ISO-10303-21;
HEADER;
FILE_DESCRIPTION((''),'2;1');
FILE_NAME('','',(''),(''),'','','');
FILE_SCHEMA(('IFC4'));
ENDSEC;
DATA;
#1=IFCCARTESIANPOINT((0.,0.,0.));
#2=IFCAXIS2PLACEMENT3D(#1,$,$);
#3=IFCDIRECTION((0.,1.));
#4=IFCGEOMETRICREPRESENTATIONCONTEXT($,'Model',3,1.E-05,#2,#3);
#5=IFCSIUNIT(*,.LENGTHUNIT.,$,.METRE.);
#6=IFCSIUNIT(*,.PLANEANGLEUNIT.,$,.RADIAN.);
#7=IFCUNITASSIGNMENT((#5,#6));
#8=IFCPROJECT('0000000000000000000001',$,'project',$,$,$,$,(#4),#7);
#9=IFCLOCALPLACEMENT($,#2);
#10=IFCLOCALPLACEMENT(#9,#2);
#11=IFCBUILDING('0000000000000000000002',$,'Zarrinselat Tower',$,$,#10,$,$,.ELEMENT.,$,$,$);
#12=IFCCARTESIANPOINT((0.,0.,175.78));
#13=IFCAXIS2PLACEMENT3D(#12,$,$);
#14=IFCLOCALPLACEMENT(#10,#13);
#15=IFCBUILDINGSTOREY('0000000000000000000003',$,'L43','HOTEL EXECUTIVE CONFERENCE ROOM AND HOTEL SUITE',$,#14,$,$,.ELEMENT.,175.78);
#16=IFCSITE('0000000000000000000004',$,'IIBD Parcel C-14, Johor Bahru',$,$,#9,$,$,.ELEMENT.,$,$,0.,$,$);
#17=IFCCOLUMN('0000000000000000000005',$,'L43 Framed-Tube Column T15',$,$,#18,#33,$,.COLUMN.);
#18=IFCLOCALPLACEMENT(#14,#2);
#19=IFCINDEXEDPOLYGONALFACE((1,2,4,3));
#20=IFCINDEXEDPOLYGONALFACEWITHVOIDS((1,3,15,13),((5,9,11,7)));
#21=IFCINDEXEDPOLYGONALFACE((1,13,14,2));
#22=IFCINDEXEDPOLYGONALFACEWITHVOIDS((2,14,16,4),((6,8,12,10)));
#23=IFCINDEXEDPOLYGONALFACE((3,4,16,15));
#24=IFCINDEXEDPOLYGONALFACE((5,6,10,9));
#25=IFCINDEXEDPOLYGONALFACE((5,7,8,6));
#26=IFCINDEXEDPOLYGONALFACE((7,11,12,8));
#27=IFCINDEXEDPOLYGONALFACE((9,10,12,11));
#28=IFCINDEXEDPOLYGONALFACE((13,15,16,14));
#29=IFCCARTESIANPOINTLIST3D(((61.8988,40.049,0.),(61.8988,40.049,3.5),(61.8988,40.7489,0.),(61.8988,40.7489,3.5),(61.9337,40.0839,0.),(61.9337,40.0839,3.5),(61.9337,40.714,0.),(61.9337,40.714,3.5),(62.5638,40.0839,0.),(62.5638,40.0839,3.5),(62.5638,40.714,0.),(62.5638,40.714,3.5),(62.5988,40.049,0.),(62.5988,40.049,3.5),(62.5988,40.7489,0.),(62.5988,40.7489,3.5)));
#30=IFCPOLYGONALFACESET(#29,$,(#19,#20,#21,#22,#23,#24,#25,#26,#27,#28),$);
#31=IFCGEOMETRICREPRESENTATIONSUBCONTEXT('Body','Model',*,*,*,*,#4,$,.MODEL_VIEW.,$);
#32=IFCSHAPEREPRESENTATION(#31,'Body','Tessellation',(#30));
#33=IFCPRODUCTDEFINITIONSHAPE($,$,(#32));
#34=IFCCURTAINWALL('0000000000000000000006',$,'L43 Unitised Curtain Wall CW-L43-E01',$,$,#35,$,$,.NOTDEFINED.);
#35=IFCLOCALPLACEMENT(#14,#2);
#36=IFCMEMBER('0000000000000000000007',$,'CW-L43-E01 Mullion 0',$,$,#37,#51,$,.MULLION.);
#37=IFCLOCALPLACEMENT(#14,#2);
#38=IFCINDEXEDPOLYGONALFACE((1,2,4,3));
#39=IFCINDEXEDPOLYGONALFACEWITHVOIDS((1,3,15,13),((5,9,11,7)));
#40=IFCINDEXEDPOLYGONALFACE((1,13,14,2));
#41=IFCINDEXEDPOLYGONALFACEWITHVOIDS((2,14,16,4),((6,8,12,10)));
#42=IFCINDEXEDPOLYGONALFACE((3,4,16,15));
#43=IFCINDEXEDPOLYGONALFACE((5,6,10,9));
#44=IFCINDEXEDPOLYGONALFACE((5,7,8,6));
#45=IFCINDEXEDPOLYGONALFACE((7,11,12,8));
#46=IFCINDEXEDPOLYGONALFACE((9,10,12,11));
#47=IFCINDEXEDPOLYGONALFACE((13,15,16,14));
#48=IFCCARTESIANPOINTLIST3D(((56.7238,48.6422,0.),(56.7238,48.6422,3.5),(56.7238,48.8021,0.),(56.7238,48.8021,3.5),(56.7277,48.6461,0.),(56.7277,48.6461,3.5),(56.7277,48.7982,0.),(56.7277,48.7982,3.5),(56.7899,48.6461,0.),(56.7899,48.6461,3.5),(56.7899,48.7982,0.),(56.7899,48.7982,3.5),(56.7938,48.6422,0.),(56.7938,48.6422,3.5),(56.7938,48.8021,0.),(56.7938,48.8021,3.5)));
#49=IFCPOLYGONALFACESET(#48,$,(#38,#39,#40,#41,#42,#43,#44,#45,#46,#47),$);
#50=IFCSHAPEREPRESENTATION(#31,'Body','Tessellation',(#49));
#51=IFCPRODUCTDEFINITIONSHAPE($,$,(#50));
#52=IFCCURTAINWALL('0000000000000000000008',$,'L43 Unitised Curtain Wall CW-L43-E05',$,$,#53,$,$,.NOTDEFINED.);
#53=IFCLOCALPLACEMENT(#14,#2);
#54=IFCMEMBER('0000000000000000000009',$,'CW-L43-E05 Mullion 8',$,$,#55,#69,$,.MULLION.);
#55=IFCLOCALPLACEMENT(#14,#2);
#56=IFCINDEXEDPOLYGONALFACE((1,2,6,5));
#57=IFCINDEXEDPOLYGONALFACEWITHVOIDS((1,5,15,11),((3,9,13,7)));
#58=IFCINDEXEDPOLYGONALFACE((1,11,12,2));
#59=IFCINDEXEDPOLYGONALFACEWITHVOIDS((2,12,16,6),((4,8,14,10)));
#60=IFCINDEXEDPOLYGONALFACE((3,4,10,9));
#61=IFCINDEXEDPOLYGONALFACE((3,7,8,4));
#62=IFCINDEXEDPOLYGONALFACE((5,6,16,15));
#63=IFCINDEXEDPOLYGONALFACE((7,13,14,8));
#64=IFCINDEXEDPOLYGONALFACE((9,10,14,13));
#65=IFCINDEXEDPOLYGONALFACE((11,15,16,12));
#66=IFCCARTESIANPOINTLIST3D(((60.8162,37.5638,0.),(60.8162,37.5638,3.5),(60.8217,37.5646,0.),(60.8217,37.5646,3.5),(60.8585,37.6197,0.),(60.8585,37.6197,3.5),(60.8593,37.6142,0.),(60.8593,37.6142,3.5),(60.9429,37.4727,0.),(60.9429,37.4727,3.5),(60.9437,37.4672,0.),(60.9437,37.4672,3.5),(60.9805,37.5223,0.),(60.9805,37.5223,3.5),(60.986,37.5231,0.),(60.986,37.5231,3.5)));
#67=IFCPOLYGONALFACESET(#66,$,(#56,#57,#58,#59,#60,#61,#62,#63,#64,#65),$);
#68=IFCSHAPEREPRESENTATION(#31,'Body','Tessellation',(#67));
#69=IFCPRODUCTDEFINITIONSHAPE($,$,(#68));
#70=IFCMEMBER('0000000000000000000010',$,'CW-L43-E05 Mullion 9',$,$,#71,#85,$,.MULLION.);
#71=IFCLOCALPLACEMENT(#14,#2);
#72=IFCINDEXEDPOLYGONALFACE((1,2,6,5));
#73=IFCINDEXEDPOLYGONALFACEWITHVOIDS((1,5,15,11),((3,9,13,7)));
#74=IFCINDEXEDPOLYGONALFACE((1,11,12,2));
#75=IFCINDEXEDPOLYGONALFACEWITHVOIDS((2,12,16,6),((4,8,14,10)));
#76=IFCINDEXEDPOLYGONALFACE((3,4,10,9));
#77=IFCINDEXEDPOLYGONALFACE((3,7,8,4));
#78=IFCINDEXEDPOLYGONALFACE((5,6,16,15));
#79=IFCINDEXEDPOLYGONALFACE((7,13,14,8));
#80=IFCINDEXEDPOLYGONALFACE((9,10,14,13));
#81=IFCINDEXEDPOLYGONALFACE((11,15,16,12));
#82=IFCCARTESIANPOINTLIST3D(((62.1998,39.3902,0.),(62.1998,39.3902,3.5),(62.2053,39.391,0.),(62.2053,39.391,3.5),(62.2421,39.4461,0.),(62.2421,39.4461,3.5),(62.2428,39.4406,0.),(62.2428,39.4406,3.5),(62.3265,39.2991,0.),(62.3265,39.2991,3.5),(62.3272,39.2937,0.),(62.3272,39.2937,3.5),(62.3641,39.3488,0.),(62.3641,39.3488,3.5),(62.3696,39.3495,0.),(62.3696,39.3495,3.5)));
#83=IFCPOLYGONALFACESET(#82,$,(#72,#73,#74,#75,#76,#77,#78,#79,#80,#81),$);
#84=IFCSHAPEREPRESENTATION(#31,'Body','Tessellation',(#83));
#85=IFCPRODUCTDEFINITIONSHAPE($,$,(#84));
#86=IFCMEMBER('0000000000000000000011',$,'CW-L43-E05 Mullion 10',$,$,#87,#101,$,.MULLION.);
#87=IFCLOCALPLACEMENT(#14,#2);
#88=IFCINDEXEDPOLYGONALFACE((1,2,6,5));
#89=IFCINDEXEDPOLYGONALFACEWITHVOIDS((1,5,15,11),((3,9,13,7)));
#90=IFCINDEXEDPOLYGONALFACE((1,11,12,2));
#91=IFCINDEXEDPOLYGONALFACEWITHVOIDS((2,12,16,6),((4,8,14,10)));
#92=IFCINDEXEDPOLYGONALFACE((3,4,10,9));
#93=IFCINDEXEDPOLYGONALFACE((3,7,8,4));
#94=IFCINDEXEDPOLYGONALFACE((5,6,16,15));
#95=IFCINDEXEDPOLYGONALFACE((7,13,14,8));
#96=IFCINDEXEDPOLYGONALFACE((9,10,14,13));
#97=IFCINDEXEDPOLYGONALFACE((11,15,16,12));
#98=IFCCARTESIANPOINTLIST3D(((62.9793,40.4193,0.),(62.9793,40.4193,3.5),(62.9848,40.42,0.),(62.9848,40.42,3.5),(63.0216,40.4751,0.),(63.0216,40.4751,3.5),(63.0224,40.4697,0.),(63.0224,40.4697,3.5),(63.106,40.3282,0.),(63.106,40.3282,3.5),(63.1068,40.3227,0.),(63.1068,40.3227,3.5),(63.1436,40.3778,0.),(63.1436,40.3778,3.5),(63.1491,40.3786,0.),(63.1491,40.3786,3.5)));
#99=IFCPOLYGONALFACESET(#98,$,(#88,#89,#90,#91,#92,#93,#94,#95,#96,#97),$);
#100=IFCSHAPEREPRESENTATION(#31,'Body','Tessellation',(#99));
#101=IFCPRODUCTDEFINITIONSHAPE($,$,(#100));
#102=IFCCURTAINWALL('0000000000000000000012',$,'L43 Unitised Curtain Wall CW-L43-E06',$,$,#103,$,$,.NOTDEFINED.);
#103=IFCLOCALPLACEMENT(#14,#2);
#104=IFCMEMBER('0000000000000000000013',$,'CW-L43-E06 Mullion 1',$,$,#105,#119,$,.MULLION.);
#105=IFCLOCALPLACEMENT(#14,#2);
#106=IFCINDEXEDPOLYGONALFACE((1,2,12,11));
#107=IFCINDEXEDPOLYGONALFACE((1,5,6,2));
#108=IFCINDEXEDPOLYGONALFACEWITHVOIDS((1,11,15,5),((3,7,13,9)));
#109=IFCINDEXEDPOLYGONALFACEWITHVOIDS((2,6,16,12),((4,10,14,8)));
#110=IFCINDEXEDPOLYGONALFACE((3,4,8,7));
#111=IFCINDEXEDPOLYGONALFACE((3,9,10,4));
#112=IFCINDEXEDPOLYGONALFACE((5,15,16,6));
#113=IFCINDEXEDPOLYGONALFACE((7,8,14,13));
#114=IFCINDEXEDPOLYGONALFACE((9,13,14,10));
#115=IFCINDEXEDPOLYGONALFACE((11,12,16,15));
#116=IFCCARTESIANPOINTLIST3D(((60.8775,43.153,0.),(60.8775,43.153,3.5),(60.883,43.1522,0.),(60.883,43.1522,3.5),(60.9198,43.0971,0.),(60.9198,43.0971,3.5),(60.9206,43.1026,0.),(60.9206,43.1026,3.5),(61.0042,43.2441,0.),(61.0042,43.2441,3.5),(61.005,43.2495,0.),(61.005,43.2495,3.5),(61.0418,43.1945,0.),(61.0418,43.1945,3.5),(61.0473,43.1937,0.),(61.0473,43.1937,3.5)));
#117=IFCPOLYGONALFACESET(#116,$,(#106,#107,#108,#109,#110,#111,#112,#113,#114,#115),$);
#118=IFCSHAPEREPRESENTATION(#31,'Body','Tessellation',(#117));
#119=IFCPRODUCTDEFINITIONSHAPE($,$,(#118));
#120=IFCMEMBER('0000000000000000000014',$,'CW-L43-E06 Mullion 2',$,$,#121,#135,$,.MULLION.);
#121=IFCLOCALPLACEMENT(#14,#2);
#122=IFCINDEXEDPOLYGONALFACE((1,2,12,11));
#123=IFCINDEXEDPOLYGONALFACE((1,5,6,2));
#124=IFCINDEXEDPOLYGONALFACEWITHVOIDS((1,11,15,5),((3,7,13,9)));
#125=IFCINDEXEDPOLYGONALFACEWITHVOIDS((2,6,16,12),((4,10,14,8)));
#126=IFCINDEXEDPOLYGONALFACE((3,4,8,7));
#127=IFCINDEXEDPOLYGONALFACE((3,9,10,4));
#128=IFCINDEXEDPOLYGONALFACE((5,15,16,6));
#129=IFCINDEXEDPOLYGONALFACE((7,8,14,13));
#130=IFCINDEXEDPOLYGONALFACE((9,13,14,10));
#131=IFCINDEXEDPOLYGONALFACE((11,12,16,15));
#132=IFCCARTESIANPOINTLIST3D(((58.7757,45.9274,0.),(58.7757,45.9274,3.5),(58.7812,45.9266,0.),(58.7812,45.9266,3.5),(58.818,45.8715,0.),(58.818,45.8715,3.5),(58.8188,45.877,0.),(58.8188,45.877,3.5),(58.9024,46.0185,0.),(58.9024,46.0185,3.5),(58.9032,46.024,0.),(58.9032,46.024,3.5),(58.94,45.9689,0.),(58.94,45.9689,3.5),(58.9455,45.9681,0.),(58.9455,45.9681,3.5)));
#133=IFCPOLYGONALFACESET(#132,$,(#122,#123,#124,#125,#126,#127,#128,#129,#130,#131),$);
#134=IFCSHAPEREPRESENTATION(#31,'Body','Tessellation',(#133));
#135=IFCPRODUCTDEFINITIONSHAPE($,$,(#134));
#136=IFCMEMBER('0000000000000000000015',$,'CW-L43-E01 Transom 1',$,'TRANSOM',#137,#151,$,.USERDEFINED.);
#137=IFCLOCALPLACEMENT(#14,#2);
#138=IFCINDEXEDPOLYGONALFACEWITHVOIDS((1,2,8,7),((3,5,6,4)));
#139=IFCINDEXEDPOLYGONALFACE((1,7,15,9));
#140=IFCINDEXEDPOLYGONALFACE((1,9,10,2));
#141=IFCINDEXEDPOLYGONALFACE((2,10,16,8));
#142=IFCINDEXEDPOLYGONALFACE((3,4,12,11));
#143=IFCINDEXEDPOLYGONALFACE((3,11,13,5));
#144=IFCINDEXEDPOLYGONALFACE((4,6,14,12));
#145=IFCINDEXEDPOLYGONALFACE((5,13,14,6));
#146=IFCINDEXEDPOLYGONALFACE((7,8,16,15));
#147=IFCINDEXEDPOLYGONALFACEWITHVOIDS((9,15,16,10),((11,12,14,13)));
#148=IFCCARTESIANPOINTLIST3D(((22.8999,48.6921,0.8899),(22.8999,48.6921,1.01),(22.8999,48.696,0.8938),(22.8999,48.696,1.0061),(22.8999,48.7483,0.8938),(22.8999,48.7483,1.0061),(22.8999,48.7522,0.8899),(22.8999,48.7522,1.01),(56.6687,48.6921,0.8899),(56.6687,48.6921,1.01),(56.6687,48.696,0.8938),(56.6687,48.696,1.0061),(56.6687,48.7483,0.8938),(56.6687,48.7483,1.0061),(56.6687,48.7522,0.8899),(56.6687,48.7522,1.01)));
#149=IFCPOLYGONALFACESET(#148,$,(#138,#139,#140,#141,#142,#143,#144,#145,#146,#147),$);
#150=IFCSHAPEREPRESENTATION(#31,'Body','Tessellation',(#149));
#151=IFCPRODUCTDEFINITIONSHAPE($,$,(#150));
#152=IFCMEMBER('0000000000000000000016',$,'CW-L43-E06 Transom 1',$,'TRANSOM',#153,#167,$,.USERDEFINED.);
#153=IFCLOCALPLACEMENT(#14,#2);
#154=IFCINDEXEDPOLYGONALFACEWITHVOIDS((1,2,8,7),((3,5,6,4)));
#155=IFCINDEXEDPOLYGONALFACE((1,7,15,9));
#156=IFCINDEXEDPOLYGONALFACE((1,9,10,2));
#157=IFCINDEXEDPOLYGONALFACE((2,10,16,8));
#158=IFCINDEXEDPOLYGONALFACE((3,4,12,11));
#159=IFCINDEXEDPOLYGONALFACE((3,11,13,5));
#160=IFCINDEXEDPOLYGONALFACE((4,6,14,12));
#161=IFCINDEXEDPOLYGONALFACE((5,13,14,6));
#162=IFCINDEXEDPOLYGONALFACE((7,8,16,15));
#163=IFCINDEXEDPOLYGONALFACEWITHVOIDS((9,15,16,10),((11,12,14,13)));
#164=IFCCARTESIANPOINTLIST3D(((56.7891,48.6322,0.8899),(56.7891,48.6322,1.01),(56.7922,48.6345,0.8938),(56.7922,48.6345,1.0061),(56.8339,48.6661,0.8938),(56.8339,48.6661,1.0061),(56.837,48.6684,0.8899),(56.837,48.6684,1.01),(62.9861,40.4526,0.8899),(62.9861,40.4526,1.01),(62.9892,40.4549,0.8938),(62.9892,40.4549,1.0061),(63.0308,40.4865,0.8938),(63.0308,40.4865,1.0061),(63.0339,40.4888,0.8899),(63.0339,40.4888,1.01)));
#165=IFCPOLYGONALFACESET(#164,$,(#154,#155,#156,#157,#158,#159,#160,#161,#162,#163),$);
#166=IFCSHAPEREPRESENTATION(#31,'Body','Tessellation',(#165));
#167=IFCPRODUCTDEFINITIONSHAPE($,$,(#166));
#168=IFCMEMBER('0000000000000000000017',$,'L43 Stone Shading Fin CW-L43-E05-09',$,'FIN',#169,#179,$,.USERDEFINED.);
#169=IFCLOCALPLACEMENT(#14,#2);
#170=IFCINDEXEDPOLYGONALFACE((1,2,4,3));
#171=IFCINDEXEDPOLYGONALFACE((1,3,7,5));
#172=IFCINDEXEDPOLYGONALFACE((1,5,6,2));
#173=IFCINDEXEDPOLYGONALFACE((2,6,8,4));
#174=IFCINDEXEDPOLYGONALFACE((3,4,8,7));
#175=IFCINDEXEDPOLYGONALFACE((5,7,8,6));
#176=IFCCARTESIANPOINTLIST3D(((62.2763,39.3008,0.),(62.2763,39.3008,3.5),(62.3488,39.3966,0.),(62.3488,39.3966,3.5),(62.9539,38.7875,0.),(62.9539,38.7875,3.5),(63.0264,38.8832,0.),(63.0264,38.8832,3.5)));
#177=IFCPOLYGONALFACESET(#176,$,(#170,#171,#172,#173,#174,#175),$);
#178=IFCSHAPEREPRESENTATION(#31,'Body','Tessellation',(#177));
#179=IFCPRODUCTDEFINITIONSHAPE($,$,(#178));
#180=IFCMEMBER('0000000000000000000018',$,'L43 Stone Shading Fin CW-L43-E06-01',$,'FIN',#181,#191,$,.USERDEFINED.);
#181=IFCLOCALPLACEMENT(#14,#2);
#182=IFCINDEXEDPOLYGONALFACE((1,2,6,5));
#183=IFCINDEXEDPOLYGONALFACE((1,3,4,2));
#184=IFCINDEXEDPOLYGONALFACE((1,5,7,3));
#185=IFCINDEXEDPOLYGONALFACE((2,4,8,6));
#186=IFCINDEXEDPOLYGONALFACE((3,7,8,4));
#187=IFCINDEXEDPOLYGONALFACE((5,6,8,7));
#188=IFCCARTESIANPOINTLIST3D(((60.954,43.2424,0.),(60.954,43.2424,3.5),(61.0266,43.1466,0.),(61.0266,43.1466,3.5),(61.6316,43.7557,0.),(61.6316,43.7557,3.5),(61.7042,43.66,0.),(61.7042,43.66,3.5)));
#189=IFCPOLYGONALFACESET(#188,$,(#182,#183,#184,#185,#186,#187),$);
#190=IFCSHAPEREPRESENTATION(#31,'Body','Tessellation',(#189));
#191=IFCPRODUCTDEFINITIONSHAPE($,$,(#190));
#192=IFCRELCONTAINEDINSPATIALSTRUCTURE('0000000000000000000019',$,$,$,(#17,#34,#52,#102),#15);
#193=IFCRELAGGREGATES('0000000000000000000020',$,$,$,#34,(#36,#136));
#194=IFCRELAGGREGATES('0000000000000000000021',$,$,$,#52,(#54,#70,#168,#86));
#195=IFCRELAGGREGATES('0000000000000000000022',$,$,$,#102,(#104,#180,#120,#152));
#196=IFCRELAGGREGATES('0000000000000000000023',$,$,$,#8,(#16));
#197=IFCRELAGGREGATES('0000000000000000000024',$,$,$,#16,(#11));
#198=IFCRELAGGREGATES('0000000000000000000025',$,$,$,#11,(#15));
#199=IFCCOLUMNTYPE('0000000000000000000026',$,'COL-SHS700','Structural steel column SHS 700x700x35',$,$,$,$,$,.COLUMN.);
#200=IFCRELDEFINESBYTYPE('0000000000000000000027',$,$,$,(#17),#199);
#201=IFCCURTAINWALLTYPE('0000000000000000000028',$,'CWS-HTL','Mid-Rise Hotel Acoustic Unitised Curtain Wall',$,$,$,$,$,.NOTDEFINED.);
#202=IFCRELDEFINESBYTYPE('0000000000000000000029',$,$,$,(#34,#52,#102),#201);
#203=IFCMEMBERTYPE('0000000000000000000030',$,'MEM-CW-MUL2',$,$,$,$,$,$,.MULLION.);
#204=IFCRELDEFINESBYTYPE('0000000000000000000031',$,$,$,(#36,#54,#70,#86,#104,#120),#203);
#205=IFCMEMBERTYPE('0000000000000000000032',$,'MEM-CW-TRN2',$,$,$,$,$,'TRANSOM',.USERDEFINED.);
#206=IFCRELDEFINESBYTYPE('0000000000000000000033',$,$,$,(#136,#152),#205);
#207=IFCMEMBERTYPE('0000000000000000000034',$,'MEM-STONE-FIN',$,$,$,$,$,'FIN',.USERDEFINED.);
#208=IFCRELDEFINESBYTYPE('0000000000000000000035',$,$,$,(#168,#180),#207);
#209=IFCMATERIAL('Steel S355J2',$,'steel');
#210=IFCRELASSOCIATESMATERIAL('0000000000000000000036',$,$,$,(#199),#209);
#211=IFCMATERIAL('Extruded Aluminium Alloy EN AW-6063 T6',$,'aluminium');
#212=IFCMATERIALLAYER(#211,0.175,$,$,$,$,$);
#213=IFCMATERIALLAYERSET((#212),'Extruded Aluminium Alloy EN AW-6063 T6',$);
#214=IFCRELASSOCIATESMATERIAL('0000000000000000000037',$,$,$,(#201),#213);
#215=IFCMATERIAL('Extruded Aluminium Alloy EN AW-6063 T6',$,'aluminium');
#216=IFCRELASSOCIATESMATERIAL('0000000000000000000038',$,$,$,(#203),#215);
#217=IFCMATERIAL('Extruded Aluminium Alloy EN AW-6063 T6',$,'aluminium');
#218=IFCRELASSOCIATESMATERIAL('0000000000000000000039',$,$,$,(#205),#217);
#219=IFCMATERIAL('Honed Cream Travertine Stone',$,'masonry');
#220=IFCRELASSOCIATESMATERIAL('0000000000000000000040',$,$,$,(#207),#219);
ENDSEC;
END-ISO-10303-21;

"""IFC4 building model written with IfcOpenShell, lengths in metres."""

from ifc_helpers import new_model, si_unit, direction, frame, origin, origin_2d, place, context, subcontext, project, spatial, rectangle, hollow_rectangle, extrude, material, layer, layer_set, material_profile, profile_set, type_object, element, aggregate, save


model = new_model("IFC4")

# Units and contexts
model_context = context("Model", 3, precision=1e-05, world=origin(), true_north=direction((0.0, 1.0)))
body_context = subcontext(model_context, "Body", "Model", "MODEL_VIEW")
ifc_project = project(units=[si_unit("LENGTHUNIT", "METRE"), si_unit("PLANEANGLEUNIT", "RADIAN")], contexts=[model_context])

# Site, building, storey
site_placement = place(None, origin())
site = spatial("IfcSite", under=ifc_project, at=site_placement, Name="IIBD Parcel C-14, Johor Bahru", CompositionType="ELEMENT", RefElevation=0.0)
building_placement = place(site_placement, origin())
building = spatial("IfcBuilding", under=site, at=building_placement, Name="Zarrinselat Tower", CompositionType="ELEMENT")
storey_placement = place(building_placement, frame((0.0, 0.0, 175.78)))
storey = spatial("IfcBuildingStorey", under=building, at=storey_placement, Name="L43", Description="HOTEL EXECUTIVE CONFERENCE ROOM AND HOTEL SUITE", CompositionType="ELEMENT", Elevation=175.78)

# Column
ifc_material_1 = material(Name="Steel S355J2", Category="steel")
ifc_material_profile_1 = material_profile(ifc_material_1, hollow_rectangle(XDim=0.7, YDim=0.7, WallThickness=0.0349, at=origin_2d()), Name="SHS 700x700x35")
ifc_profile_set_1 = profile_set([ifc_material_profile_1], Name="Steel S355J2")
column_type = type_object("IfcColumnType", Name="COL-SHS700", Description="Structural steel column SHS 700x700x35", PredefinedType="COLUMN", material=ifc_profile_set_1)
column_placement = place(storey_placement, frame((62.2488, 40.3989, 0.0), z_axis=(0.0, 0.0, 1.0), x_axis=(1.0, 0.0, 0.0)))
element("IfcColumn", 1, at=column_placement, inside=storey, type_object=column_type, Name="L43 Framed-Tube Column T15", PredefinedType="COLUMN", context=body_context, shape_type="SweptSolid", body=[
    extrude(hollow_rectangle(XDim=0.7, YDim=0.7, WallThickness=0.0349, at=origin_2d()), origin(), (0.0, 0.0, 1.0), 3.5),
])

# Curtain wall, member
ifc_material_2 = material(Name="Extruded Aluminium Alloy EN AW-6063 T6", Category="aluminium")
ifc_layer_1 = layer(ifc_material_2, 0.175)
ifc_layer_set_1 = layer_set([ifc_layer_1], Name="Extruded Aluminium Alloy EN AW-6063 T6")
curtain_wall_type = type_object("IfcCurtainWallType", Name="CWS-HTL", Description="Mid-Rise Hotel Acoustic Unitised Curtain Wall", PredefinedType="NOTDEFINED", material=ifc_layer_set_1)
curtain_wall_1_placement = place(storey_placement, origin())
curtain_wall_1 = element("IfcCurtainWall", 2, at=curtain_wall_1_placement, inside=storey, type_object=curtain_wall_type, Name="L43 Unitised Curtain Wall CW-L43-E01", PredefinedType="NOTDEFINED")
ifc_material_3 = material(Name="Extruded Aluminium Alloy EN AW-6063 T6", Category="aluminium")
ifc_material_profile_2 = material_profile(ifc_material_3, hollow_rectangle(XDim=0.0701, YDim=0.1599, WallThickness=0.0039, at=origin_2d()), Name="RHS 160x70x4")
ifc_profile_set_2 = profile_set([ifc_material_profile_2], Name="Extruded Aluminium Alloy EN AW-6063 T6")
member_type_1 = type_object("IfcMemberType", Name="MEM-CW-MUL2", PredefinedType="MULLION", material=ifc_profile_set_2)
member_1_placement = place(storey_placement, frame((56.7588, 48.7222, 0.0), z_axis=(0.0, 0.0, 1.0), x_axis=(-1.0, 0.0, 0.0)))
member_1 = element("IfcMember", 3, at=member_1_placement, type_object=member_type_1, Name="CW-L43-E01 Mullion 0", PredefinedType="MULLION", context=body_context, shape_type="SweptSolid", body=[
    extrude(hollow_rectangle(XDim=0.0701, YDim=0.1599, WallThickness=0.0039, at=origin_2d()), origin(), (0.0, 0.0, 1.0), 3.5),
])

# Curtain walls, members
curtain_wall_2_placement = place(storey_placement, origin())
curtain_wall_2 = element("IfcCurtainWall", 4, at=curtain_wall_2_placement, inside=storey, type_object=curtain_wall_type, Name="L43 Unitised Curtain Wall CW-L43-E05", PredefinedType="NOTDEFINED")
member_2_placement = place(storey_placement, frame((60.9011, 37.5435, 0.0), z_axis=(0.0, 0.0, 1.0), x_axis=(0.603859, 0.797091, 0.0)))
member_2 = element("IfcMember", 5, at=member_2_placement, type_object=member_type_1, Name="CW-L43-E05 Mullion 8", PredefinedType="MULLION", context=body_context, shape_type="SweptSolid", body=[
    extrude(hollow_rectangle(XDim=0.0701, YDim=0.1599, WallThickness=0.0039, at=origin_2d()), origin(), (0.0, 0.0, 1.0), 3.5),
])
member_3_placement = place(storey_placement, frame((62.2847, 39.3699, 0.0), z_axis=(0.0, 0.0, 1.0), x_axis=(0.603859, 0.797091, 0.0)))
member_3 = element("IfcMember", 6, at=member_3_placement, type_object=member_type_1, Name="CW-L43-E05 Mullion 9", PredefinedType="MULLION", context=body_context, shape_type="SweptSolid", body=[
    extrude(hollow_rectangle(XDim=0.0701, YDim=0.1599, WallThickness=0.0039, at=origin_2d()), origin(), (0.0, 0.0, 1.0), 3.5),
])
member_4_placement = place(storey_placement, frame((63.0642, 40.3989, 0.0), z_axis=(0.0, 0.0, 1.0), x_axis=(0.603859, 0.797091, 0.0)))
member_4 = element("IfcMember", 7, at=member_4_placement, type_object=member_type_1, Name="CW-L43-E05 Mullion 10", PredefinedType="MULLION", context=body_context, shape_type="SweptSolid", body=[
    extrude(hollow_rectangle(XDim=0.0701, YDim=0.1599, WallThickness=0.0039, at=origin_2d()), origin(), (0.0, 0.0, 1.0), 3.5),
])
curtain_wall_3_placement = place(storey_placement, origin())
curtain_wall_3 = element("IfcCurtainWall", 8, at=curtain_wall_3_placement, inside=storey, type_object=curtain_wall_type, Name="L43 Unitised Curtain Wall CW-L43-E06", PredefinedType="NOTDEFINED")
member_5_placement = place(storey_placement, frame((60.9624, 43.1733, 0.0), z_axis=(0.0, 0.0, 1.0), x_axis=(-0.60386, 0.79709, 0.0)))
member_5 = element("IfcMember", 9, at=member_5_placement, type_object=member_type_1, Name="CW-L43-E06 Mullion 1", PredefinedType="MULLION", context=body_context, shape_type="SweptSolid", body=[
    extrude(hollow_rectangle(XDim=0.0701, YDim=0.1599, WallThickness=0.0039, at=origin_2d()), origin(), (0.0, 0.0, 1.0), 3.5),
])
member_6_placement = place(storey_placement, frame((58.8606, 45.9478, 0.0), z_axis=(0.0, 0.0, 1.0), x_axis=(-0.60386, 0.79709, 0.0)))
member_6 = element("IfcMember", 10, at=member_6_placement, type_object=member_type_1, Name="CW-L43-E06 Mullion 2", PredefinedType="MULLION", context=body_context, shape_type="SweptSolid", body=[
    extrude(hollow_rectangle(XDim=0.0701, YDim=0.1599, WallThickness=0.0039, at=origin_2d()), origin(), (0.0, 0.0, 1.0), 3.5),
])

# Members
ifc_material_4 = material(Name="Extruded Aluminium Alloy EN AW-6063 T6", Category="aluminium")
ifc_material_profile_3 = material_profile(ifc_material_4, hollow_rectangle(XDim=0.0601, YDim=0.1201, WallThickness=0.0039, at=origin_2d()), Name="RHS 120x60x4")
ifc_profile_set_3 = profile_set([ifc_material_profile_3], Name="Extruded Aluminium Alloy EN AW-6063 T6")
member_type_2 = type_object("IfcMemberType", Name="MEM-CW-TRN2", ElementType="TRANSOM", PredefinedType="USERDEFINED", material=ifc_profile_set_3)
member_7_placement = place(storey_placement, frame((56.6687, 48.7222, 0.95), z_axis=(-1.0, 0.0, 0.0), x_axis=(0.0, -1.0, 0.0)))
member_7 = element("IfcMember", 11, at=member_7_placement, type_object=member_type_2, Name="CW-L43-E01 Transom 1", ObjectType="TRANSOM", PredefinedType="USERDEFINED", context=body_context, shape_type="SweptSolid", body=[
    extrude(hollow_rectangle(XDim=0.0601, YDim=0.1201, WallThickness=0.0039, at=origin_2d()), origin(), (0.0, 0.0, 1.0), 33.7688),
])
aggregate(curtain_wall_1, [member_1, member_7])
member_8_placement = place(storey_placement, frame((63.01, 40.4707, 0.95), z_axis=(-0.603876, 0.797079, 0.0), x_axis=(-0.797079, -0.603876, 0.0)))
member_8 = element("IfcMember", 12, at=member_8_placement, type_object=member_type_2, Name="CW-L43-E06 Transom 1", ObjectType="TRANSOM", PredefinedType="USERDEFINED", context=body_context, shape_type="SweptSolid", body=[
    extrude(hollow_rectangle(XDim=0.0601, YDim=0.1201, WallThickness=0.0039, at=origin_2d()), origin(), (0.0, 0.0, 1.0), 10.262),
])
ifc_material_5 = material(Name="Honed Cream Travertine Stone", Category="masonry")
ifc_material_profile_4 = material_profile(ifc_material_5, rectangle(XDim=0.1201, YDim=0.8501, at=origin_2d()), Name="FIN 850x120")
ifc_profile_set_4 = profile_set([ifc_material_profile_4], Name="Honed Cream Travertine Stone")
member_type_3 = type_object("IfcMemberType", Name="MEM-STONE-FIN", ElementType="FIN", PredefinedType="USERDEFINED", material=ifc_profile_set_4)
member_9_placement = place(storey_placement, frame((62.6514, 39.092, 0.0), z_axis=(0.0, 0.0, 1.0), x_axis=(-0.603859, -0.797091, 0.0)))
member_9 = element("IfcMember", 13, at=member_9_placement, type_object=member_type_3, Name="L43 Stone Shading Fin CW-L43-E05-09", ObjectType="FIN", PredefinedType="USERDEFINED", context=body_context, shape_type="SweptSolid", body=[
    extrude(rectangle(XDim=0.1201, YDim=0.8501, at=origin_2d()), origin(), (0.0, 0.0, 1.0), 3.5),
])
member_10_placement = place(storey_placement, frame((61.3291, 43.4512, 0.0), z_axis=(0.0, 0.0, 1.0), x_axis=(0.60386, -0.79709, 0.0)))
member_10 = element("IfcMember", 14, at=member_10_placement, type_object=member_type_3, Name="L43 Stone Shading Fin CW-L43-E06-01", ObjectType="FIN", PredefinedType="USERDEFINED", context=body_context, shape_type="SweptSolid", body=[
    extrude(rectangle(XDim=0.1201, YDim=0.8501, at=origin_2d()), origin(), (0.0, 0.0, 1.0), 3.5),
])

aggregate(curtain_wall_2, [member_2, member_3, member_9, member_4])
aggregate(curtain_wall_3, [member_5, member_10, member_6, member_8])

save(model, "model.ifc")
